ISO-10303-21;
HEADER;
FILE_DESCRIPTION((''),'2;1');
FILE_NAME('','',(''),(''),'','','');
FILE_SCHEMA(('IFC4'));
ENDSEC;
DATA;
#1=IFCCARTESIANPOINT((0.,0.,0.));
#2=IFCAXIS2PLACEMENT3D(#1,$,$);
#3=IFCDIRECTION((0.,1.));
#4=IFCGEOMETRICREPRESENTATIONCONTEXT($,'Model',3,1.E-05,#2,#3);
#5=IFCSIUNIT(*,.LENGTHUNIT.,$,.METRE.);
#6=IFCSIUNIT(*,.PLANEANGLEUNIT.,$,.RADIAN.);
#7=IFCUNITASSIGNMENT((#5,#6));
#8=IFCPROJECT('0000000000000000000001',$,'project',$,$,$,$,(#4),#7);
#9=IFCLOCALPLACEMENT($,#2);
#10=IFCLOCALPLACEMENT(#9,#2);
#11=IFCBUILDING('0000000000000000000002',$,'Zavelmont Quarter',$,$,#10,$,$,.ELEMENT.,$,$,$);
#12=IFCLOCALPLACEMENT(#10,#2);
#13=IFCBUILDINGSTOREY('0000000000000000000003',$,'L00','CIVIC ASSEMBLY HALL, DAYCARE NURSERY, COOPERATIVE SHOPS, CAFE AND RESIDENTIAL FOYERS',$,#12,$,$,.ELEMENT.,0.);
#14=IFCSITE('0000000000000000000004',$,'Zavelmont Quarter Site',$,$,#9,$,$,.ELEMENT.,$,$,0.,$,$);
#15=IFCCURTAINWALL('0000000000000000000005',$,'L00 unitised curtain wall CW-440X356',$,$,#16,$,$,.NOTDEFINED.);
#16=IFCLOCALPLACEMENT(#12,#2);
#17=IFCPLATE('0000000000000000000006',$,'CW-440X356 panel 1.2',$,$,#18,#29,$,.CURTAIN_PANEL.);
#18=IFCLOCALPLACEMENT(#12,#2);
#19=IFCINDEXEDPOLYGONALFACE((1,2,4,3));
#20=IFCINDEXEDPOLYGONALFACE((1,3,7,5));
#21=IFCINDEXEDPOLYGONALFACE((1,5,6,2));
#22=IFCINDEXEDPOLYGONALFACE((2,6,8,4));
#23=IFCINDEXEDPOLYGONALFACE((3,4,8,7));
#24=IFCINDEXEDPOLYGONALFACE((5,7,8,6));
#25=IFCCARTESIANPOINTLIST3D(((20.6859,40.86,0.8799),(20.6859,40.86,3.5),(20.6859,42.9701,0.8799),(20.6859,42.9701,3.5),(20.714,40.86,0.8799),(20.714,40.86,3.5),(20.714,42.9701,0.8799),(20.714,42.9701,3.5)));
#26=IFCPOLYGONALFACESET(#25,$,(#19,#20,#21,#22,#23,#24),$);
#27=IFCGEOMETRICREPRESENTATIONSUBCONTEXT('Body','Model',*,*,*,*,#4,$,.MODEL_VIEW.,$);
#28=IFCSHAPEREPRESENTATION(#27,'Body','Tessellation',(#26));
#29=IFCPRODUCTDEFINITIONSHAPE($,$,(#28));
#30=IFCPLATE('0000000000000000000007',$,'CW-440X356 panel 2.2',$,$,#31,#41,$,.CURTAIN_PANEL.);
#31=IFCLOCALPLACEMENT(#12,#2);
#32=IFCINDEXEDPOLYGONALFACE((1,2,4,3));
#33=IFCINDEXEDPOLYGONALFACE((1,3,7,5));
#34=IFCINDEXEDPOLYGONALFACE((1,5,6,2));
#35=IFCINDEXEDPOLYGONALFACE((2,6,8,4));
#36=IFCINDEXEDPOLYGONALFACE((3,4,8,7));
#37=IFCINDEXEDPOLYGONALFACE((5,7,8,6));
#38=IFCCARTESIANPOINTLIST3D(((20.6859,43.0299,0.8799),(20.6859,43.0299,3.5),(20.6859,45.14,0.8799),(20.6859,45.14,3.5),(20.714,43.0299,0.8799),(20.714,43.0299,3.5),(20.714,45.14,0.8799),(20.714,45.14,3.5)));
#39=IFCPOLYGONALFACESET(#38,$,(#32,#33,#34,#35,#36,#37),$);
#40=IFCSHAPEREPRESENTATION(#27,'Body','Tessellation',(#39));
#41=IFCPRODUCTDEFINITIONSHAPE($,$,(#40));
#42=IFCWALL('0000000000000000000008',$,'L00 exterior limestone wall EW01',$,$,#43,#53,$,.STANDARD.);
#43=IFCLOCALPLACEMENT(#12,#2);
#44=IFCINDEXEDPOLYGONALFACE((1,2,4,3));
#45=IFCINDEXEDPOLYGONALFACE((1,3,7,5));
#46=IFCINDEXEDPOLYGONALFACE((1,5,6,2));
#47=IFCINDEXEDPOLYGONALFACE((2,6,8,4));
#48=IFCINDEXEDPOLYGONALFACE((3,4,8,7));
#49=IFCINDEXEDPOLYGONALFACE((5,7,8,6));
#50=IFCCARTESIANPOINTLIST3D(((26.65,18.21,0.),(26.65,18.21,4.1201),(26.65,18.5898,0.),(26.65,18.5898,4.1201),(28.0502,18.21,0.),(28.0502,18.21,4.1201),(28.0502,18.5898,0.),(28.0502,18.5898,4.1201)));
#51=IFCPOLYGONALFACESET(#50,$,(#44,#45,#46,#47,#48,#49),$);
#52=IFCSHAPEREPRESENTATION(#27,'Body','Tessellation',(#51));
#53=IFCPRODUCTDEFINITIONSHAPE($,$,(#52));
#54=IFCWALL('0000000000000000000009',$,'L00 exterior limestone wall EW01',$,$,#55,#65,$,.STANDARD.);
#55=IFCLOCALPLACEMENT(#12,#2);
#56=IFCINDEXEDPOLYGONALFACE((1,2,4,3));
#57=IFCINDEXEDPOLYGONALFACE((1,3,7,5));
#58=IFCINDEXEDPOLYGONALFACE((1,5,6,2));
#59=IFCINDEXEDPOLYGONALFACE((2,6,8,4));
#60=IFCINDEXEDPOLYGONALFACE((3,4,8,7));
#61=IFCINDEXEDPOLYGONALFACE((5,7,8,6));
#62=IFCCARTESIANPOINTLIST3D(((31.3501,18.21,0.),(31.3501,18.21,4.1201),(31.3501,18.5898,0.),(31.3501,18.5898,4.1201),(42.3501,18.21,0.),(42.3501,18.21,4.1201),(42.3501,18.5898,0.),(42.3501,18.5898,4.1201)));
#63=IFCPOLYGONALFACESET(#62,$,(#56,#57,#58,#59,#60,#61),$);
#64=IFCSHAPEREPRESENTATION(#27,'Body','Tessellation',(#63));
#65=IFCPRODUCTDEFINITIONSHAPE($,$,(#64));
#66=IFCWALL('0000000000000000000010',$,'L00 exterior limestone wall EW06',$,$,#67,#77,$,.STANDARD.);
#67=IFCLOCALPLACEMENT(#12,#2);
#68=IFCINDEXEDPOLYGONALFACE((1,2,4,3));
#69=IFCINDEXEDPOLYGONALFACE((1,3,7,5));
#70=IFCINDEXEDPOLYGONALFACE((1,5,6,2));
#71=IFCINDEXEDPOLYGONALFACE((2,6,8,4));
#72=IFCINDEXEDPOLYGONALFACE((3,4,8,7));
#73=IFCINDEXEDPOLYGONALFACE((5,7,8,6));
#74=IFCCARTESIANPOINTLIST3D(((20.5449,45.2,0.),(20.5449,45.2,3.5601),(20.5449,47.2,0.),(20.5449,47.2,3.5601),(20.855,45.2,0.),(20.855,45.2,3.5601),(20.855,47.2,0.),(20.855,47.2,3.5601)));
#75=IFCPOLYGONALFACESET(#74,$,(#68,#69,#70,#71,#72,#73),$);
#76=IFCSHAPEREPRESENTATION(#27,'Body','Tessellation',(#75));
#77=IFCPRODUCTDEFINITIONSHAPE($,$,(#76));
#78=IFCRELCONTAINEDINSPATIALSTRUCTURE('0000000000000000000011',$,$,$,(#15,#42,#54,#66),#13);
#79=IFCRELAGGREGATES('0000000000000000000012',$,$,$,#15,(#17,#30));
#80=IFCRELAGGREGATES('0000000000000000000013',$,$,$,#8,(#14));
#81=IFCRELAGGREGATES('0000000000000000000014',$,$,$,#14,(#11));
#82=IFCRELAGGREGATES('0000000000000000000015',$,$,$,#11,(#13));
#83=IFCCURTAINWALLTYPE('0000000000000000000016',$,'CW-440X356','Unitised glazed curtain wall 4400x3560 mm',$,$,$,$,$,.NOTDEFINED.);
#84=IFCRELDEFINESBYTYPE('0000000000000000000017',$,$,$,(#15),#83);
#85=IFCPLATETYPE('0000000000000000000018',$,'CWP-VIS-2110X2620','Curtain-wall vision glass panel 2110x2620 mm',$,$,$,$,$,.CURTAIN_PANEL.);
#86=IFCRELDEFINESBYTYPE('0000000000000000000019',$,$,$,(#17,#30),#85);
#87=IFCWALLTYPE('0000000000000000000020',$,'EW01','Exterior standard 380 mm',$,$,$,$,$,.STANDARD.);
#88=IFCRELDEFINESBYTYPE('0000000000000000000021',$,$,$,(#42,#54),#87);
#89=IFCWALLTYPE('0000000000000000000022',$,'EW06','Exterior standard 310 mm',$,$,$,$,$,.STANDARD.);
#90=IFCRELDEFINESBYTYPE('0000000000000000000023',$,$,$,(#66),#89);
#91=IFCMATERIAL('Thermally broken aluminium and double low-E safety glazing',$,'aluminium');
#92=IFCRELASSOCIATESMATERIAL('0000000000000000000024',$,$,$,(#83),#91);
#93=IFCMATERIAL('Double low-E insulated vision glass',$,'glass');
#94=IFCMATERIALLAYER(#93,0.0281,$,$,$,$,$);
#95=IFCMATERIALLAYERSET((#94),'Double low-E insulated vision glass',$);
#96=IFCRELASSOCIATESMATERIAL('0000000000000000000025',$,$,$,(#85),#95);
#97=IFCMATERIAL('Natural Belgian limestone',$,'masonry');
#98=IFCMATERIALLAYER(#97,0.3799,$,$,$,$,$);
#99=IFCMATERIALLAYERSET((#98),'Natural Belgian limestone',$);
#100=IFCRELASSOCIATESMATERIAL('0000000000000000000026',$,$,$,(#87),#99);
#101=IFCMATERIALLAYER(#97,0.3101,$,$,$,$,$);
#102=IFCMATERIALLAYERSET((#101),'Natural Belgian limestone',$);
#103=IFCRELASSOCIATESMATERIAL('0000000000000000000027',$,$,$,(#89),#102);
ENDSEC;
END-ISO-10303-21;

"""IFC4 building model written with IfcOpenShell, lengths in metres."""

from ifc_helpers import new_model, si_unit, direction, frame, frame_2d, origin, origin_2d, place, context, subcontext, project, spatial, rectangle, extrude, material, layer, layer_set, type_object, element, aggregate, save


model = new_model("IFC4")

# Units and contexts
model_context = context("Model", 3, precision=1e-05, world=origin(), true_north=direction((0.0, 1.0)))
body_context = subcontext(model_context, "Body", "Model", "MODEL_VIEW")
ifc_project = project(units=[si_unit("LENGTHUNIT", "METRE"), si_unit("PLANEANGLEUNIT", "RADIAN")], contexts=[model_context])

# Site, building, storey
site_placement = place(None, origin())
site = spatial("IfcSite", under=ifc_project, at=site_placement, Name="Zavelmont Quarter Site", CompositionType="ELEMENT", RefElevation=0.0)
building_placement = place(site_placement, origin())
building = spatial("IfcBuilding", under=site, at=building_placement, Name="Zavelmont Quarter", CompositionType="ELEMENT")
storey_placement = place(building_placement, origin())
storey = spatial("IfcBuildingStorey", under=building, at=storey_placement, Name="L00", Description="CIVIC ASSEMBLY HALL, DAYCARE NURSERY, COOPERATIVE SHOPS, CAFE AND RESIDENTIAL FOYERS", CompositionType="ELEMENT", Elevation=0.0)

# Shared definitions
ifc_material_1 = material(Name="Thermally broken aluminium and double low-E safety glazing", Category="aluminium")

# Curtain wall
curtain_wall_type_1 = type_object("IfcCurtainWallType", Name="CW-440X356", Description="Unitised glazed curtain wall 4400x3560 mm", PredefinedType="NOTDEFINED", material=ifc_material_1)
curtain_wall_1_placement = place(storey_placement, origin())
curtain_wall_1 = element("IfcCurtainWall", 1, at=curtain_wall_1_placement, inside=storey, type_object=curtain_wall_type_1, Name="L00 unitised curtain wall CW-440X356", PredefinedType="NOTDEFINED")

# Plates
ifc_material_2 = material(Name="Double low-E insulated vision glass", Category="glass")
ifc_layer_1 = layer(ifc_material_2, 0.0281)
ifc_layer_set_1 = layer_set([ifc_layer_1], Name="Double low-E insulated vision glass")
plate_type_1 = type_object("IfcPlateType", Name="CWP-VIS-2110X2620", Description="Curtain-wall vision glass panel 2110x2620 mm", PredefinedType="CURTAIN_PANEL", material=ifc_layer_set_1)
plate_1_placement = place(storey_placement, frame((20.7, 41.915, 0.8799), z_axis=(0.0, 0.0, 1.0), x_axis=(0.0, 1.0, 0.0)))
plate_1 = element("IfcPlate", 2, at=plate_1_placement, type_object=plate_type_1, Name="CW-440X356 panel 1.2", PredefinedType="CURTAIN_PANEL", context=body_context, shape_type="SweptSolid", body=[
    extrude(rectangle(XDim=2.1101, YDim=0.0281, at=origin_2d()), origin(), (0.0, 0.0, 1.0), 2.6201),
])
plate_2_placement = place(storey_placement, frame((20.7, 44.085, 0.8799), z_axis=(0.0, 0.0, 1.0), x_axis=(0.0, 1.0, 0.0)))
plate_2 = element("IfcPlate", 3, at=plate_2_placement, type_object=plate_type_1, Name="CW-440X356 panel 2.2", PredefinedType="CURTAIN_PANEL", context=body_context, shape_type="SweptSolid", body=[
    extrude(rectangle(XDim=2.1101, YDim=0.0281, at=origin_2d()), origin(), (0.0, 0.0, 1.0), 2.6201),
])
aggregate(curtain_wall_1, [plate_1, plate_2])

# Walls
ifc_material_3 = material(Name="Natural Belgian limestone", Category="masonry")
ifc_layer_2 = layer(ifc_material_3, 0.3799)
ifc_layer_set_2 = layer_set([ifc_layer_2], Name="Natural Belgian limestone")
wall_type_1 = type_object("IfcWallType", Name="EW01", Description="Exterior standard 380 mm", PredefinedType="STANDARD", material=ifc_layer_set_2)
wall_1_placement = place(storey_placement, frame((26.6499, 18.3999, 0.0), z_axis=(0.0, 0.0, 1.0), x_axis=(1.0, 0.0, 0.0)))
element("IfcWall", 4, at=wall_1_placement, inside=storey, type_object=wall_type_1, Name="L00 exterior limestone wall EW01", PredefinedType="STANDARD", context=body_context, shape_type="SweptSolid", body=[
    extrude(rectangle(XDim=1.4001, YDim=0.3799, at=frame_2d((0.7002, 0.0))), origin(), (0.0, 0.0, 1.0), 4.1201),
])
wall_2_placement = place(storey_placement, frame((31.3501, 18.3999, 0.0), z_axis=(0.0, 0.0, 1.0), x_axis=(1.0, 0.0, 0.0)))
element("IfcWall", 5, at=wall_2_placement, inside=storey, type_object=wall_type_1, Name="L00 exterior limestone wall EW01", PredefinedType="STANDARD", context=body_context, shape_type="SweptSolid", body=[
    extrude(rectangle(XDim=11.0, YDim=0.3799, at=frame_2d((5.5, 0.0))), origin(), (0.0, 0.0, 1.0), 4.1201),
])
ifc_layer_3 = layer(ifc_material_3, 0.3101)
ifc_layer_set_3 = layer_set([ifc_layer_3], Name="Natural Belgian limestone")
wall_type_2 = type_object("IfcWallType", Name="EW06", Description="Exterior standard 310 mm", PredefinedType="STANDARD", material=ifc_layer_set_3)
wall_3_placement = place(storey_placement, frame((20.7, 45.2, 0.0), z_axis=(0.0, 0.0, 1.0), x_axis=(0.0, 1.0, 0.0)))
element("IfcWall", 6, at=wall_3_placement, inside=storey, type_object=wall_type_2, Name="L00 exterior limestone wall EW06", PredefinedType="STANDARD", context=body_context, shape_type="SweptSolid", body=[
    extrude(rectangle(XDim=2.0, YDim=0.3101, at=frame_2d((1.0, 0.0))), origin(), (0.0, 0.0, 1.0), 3.5601),
])

save(model, "model.ifc")
